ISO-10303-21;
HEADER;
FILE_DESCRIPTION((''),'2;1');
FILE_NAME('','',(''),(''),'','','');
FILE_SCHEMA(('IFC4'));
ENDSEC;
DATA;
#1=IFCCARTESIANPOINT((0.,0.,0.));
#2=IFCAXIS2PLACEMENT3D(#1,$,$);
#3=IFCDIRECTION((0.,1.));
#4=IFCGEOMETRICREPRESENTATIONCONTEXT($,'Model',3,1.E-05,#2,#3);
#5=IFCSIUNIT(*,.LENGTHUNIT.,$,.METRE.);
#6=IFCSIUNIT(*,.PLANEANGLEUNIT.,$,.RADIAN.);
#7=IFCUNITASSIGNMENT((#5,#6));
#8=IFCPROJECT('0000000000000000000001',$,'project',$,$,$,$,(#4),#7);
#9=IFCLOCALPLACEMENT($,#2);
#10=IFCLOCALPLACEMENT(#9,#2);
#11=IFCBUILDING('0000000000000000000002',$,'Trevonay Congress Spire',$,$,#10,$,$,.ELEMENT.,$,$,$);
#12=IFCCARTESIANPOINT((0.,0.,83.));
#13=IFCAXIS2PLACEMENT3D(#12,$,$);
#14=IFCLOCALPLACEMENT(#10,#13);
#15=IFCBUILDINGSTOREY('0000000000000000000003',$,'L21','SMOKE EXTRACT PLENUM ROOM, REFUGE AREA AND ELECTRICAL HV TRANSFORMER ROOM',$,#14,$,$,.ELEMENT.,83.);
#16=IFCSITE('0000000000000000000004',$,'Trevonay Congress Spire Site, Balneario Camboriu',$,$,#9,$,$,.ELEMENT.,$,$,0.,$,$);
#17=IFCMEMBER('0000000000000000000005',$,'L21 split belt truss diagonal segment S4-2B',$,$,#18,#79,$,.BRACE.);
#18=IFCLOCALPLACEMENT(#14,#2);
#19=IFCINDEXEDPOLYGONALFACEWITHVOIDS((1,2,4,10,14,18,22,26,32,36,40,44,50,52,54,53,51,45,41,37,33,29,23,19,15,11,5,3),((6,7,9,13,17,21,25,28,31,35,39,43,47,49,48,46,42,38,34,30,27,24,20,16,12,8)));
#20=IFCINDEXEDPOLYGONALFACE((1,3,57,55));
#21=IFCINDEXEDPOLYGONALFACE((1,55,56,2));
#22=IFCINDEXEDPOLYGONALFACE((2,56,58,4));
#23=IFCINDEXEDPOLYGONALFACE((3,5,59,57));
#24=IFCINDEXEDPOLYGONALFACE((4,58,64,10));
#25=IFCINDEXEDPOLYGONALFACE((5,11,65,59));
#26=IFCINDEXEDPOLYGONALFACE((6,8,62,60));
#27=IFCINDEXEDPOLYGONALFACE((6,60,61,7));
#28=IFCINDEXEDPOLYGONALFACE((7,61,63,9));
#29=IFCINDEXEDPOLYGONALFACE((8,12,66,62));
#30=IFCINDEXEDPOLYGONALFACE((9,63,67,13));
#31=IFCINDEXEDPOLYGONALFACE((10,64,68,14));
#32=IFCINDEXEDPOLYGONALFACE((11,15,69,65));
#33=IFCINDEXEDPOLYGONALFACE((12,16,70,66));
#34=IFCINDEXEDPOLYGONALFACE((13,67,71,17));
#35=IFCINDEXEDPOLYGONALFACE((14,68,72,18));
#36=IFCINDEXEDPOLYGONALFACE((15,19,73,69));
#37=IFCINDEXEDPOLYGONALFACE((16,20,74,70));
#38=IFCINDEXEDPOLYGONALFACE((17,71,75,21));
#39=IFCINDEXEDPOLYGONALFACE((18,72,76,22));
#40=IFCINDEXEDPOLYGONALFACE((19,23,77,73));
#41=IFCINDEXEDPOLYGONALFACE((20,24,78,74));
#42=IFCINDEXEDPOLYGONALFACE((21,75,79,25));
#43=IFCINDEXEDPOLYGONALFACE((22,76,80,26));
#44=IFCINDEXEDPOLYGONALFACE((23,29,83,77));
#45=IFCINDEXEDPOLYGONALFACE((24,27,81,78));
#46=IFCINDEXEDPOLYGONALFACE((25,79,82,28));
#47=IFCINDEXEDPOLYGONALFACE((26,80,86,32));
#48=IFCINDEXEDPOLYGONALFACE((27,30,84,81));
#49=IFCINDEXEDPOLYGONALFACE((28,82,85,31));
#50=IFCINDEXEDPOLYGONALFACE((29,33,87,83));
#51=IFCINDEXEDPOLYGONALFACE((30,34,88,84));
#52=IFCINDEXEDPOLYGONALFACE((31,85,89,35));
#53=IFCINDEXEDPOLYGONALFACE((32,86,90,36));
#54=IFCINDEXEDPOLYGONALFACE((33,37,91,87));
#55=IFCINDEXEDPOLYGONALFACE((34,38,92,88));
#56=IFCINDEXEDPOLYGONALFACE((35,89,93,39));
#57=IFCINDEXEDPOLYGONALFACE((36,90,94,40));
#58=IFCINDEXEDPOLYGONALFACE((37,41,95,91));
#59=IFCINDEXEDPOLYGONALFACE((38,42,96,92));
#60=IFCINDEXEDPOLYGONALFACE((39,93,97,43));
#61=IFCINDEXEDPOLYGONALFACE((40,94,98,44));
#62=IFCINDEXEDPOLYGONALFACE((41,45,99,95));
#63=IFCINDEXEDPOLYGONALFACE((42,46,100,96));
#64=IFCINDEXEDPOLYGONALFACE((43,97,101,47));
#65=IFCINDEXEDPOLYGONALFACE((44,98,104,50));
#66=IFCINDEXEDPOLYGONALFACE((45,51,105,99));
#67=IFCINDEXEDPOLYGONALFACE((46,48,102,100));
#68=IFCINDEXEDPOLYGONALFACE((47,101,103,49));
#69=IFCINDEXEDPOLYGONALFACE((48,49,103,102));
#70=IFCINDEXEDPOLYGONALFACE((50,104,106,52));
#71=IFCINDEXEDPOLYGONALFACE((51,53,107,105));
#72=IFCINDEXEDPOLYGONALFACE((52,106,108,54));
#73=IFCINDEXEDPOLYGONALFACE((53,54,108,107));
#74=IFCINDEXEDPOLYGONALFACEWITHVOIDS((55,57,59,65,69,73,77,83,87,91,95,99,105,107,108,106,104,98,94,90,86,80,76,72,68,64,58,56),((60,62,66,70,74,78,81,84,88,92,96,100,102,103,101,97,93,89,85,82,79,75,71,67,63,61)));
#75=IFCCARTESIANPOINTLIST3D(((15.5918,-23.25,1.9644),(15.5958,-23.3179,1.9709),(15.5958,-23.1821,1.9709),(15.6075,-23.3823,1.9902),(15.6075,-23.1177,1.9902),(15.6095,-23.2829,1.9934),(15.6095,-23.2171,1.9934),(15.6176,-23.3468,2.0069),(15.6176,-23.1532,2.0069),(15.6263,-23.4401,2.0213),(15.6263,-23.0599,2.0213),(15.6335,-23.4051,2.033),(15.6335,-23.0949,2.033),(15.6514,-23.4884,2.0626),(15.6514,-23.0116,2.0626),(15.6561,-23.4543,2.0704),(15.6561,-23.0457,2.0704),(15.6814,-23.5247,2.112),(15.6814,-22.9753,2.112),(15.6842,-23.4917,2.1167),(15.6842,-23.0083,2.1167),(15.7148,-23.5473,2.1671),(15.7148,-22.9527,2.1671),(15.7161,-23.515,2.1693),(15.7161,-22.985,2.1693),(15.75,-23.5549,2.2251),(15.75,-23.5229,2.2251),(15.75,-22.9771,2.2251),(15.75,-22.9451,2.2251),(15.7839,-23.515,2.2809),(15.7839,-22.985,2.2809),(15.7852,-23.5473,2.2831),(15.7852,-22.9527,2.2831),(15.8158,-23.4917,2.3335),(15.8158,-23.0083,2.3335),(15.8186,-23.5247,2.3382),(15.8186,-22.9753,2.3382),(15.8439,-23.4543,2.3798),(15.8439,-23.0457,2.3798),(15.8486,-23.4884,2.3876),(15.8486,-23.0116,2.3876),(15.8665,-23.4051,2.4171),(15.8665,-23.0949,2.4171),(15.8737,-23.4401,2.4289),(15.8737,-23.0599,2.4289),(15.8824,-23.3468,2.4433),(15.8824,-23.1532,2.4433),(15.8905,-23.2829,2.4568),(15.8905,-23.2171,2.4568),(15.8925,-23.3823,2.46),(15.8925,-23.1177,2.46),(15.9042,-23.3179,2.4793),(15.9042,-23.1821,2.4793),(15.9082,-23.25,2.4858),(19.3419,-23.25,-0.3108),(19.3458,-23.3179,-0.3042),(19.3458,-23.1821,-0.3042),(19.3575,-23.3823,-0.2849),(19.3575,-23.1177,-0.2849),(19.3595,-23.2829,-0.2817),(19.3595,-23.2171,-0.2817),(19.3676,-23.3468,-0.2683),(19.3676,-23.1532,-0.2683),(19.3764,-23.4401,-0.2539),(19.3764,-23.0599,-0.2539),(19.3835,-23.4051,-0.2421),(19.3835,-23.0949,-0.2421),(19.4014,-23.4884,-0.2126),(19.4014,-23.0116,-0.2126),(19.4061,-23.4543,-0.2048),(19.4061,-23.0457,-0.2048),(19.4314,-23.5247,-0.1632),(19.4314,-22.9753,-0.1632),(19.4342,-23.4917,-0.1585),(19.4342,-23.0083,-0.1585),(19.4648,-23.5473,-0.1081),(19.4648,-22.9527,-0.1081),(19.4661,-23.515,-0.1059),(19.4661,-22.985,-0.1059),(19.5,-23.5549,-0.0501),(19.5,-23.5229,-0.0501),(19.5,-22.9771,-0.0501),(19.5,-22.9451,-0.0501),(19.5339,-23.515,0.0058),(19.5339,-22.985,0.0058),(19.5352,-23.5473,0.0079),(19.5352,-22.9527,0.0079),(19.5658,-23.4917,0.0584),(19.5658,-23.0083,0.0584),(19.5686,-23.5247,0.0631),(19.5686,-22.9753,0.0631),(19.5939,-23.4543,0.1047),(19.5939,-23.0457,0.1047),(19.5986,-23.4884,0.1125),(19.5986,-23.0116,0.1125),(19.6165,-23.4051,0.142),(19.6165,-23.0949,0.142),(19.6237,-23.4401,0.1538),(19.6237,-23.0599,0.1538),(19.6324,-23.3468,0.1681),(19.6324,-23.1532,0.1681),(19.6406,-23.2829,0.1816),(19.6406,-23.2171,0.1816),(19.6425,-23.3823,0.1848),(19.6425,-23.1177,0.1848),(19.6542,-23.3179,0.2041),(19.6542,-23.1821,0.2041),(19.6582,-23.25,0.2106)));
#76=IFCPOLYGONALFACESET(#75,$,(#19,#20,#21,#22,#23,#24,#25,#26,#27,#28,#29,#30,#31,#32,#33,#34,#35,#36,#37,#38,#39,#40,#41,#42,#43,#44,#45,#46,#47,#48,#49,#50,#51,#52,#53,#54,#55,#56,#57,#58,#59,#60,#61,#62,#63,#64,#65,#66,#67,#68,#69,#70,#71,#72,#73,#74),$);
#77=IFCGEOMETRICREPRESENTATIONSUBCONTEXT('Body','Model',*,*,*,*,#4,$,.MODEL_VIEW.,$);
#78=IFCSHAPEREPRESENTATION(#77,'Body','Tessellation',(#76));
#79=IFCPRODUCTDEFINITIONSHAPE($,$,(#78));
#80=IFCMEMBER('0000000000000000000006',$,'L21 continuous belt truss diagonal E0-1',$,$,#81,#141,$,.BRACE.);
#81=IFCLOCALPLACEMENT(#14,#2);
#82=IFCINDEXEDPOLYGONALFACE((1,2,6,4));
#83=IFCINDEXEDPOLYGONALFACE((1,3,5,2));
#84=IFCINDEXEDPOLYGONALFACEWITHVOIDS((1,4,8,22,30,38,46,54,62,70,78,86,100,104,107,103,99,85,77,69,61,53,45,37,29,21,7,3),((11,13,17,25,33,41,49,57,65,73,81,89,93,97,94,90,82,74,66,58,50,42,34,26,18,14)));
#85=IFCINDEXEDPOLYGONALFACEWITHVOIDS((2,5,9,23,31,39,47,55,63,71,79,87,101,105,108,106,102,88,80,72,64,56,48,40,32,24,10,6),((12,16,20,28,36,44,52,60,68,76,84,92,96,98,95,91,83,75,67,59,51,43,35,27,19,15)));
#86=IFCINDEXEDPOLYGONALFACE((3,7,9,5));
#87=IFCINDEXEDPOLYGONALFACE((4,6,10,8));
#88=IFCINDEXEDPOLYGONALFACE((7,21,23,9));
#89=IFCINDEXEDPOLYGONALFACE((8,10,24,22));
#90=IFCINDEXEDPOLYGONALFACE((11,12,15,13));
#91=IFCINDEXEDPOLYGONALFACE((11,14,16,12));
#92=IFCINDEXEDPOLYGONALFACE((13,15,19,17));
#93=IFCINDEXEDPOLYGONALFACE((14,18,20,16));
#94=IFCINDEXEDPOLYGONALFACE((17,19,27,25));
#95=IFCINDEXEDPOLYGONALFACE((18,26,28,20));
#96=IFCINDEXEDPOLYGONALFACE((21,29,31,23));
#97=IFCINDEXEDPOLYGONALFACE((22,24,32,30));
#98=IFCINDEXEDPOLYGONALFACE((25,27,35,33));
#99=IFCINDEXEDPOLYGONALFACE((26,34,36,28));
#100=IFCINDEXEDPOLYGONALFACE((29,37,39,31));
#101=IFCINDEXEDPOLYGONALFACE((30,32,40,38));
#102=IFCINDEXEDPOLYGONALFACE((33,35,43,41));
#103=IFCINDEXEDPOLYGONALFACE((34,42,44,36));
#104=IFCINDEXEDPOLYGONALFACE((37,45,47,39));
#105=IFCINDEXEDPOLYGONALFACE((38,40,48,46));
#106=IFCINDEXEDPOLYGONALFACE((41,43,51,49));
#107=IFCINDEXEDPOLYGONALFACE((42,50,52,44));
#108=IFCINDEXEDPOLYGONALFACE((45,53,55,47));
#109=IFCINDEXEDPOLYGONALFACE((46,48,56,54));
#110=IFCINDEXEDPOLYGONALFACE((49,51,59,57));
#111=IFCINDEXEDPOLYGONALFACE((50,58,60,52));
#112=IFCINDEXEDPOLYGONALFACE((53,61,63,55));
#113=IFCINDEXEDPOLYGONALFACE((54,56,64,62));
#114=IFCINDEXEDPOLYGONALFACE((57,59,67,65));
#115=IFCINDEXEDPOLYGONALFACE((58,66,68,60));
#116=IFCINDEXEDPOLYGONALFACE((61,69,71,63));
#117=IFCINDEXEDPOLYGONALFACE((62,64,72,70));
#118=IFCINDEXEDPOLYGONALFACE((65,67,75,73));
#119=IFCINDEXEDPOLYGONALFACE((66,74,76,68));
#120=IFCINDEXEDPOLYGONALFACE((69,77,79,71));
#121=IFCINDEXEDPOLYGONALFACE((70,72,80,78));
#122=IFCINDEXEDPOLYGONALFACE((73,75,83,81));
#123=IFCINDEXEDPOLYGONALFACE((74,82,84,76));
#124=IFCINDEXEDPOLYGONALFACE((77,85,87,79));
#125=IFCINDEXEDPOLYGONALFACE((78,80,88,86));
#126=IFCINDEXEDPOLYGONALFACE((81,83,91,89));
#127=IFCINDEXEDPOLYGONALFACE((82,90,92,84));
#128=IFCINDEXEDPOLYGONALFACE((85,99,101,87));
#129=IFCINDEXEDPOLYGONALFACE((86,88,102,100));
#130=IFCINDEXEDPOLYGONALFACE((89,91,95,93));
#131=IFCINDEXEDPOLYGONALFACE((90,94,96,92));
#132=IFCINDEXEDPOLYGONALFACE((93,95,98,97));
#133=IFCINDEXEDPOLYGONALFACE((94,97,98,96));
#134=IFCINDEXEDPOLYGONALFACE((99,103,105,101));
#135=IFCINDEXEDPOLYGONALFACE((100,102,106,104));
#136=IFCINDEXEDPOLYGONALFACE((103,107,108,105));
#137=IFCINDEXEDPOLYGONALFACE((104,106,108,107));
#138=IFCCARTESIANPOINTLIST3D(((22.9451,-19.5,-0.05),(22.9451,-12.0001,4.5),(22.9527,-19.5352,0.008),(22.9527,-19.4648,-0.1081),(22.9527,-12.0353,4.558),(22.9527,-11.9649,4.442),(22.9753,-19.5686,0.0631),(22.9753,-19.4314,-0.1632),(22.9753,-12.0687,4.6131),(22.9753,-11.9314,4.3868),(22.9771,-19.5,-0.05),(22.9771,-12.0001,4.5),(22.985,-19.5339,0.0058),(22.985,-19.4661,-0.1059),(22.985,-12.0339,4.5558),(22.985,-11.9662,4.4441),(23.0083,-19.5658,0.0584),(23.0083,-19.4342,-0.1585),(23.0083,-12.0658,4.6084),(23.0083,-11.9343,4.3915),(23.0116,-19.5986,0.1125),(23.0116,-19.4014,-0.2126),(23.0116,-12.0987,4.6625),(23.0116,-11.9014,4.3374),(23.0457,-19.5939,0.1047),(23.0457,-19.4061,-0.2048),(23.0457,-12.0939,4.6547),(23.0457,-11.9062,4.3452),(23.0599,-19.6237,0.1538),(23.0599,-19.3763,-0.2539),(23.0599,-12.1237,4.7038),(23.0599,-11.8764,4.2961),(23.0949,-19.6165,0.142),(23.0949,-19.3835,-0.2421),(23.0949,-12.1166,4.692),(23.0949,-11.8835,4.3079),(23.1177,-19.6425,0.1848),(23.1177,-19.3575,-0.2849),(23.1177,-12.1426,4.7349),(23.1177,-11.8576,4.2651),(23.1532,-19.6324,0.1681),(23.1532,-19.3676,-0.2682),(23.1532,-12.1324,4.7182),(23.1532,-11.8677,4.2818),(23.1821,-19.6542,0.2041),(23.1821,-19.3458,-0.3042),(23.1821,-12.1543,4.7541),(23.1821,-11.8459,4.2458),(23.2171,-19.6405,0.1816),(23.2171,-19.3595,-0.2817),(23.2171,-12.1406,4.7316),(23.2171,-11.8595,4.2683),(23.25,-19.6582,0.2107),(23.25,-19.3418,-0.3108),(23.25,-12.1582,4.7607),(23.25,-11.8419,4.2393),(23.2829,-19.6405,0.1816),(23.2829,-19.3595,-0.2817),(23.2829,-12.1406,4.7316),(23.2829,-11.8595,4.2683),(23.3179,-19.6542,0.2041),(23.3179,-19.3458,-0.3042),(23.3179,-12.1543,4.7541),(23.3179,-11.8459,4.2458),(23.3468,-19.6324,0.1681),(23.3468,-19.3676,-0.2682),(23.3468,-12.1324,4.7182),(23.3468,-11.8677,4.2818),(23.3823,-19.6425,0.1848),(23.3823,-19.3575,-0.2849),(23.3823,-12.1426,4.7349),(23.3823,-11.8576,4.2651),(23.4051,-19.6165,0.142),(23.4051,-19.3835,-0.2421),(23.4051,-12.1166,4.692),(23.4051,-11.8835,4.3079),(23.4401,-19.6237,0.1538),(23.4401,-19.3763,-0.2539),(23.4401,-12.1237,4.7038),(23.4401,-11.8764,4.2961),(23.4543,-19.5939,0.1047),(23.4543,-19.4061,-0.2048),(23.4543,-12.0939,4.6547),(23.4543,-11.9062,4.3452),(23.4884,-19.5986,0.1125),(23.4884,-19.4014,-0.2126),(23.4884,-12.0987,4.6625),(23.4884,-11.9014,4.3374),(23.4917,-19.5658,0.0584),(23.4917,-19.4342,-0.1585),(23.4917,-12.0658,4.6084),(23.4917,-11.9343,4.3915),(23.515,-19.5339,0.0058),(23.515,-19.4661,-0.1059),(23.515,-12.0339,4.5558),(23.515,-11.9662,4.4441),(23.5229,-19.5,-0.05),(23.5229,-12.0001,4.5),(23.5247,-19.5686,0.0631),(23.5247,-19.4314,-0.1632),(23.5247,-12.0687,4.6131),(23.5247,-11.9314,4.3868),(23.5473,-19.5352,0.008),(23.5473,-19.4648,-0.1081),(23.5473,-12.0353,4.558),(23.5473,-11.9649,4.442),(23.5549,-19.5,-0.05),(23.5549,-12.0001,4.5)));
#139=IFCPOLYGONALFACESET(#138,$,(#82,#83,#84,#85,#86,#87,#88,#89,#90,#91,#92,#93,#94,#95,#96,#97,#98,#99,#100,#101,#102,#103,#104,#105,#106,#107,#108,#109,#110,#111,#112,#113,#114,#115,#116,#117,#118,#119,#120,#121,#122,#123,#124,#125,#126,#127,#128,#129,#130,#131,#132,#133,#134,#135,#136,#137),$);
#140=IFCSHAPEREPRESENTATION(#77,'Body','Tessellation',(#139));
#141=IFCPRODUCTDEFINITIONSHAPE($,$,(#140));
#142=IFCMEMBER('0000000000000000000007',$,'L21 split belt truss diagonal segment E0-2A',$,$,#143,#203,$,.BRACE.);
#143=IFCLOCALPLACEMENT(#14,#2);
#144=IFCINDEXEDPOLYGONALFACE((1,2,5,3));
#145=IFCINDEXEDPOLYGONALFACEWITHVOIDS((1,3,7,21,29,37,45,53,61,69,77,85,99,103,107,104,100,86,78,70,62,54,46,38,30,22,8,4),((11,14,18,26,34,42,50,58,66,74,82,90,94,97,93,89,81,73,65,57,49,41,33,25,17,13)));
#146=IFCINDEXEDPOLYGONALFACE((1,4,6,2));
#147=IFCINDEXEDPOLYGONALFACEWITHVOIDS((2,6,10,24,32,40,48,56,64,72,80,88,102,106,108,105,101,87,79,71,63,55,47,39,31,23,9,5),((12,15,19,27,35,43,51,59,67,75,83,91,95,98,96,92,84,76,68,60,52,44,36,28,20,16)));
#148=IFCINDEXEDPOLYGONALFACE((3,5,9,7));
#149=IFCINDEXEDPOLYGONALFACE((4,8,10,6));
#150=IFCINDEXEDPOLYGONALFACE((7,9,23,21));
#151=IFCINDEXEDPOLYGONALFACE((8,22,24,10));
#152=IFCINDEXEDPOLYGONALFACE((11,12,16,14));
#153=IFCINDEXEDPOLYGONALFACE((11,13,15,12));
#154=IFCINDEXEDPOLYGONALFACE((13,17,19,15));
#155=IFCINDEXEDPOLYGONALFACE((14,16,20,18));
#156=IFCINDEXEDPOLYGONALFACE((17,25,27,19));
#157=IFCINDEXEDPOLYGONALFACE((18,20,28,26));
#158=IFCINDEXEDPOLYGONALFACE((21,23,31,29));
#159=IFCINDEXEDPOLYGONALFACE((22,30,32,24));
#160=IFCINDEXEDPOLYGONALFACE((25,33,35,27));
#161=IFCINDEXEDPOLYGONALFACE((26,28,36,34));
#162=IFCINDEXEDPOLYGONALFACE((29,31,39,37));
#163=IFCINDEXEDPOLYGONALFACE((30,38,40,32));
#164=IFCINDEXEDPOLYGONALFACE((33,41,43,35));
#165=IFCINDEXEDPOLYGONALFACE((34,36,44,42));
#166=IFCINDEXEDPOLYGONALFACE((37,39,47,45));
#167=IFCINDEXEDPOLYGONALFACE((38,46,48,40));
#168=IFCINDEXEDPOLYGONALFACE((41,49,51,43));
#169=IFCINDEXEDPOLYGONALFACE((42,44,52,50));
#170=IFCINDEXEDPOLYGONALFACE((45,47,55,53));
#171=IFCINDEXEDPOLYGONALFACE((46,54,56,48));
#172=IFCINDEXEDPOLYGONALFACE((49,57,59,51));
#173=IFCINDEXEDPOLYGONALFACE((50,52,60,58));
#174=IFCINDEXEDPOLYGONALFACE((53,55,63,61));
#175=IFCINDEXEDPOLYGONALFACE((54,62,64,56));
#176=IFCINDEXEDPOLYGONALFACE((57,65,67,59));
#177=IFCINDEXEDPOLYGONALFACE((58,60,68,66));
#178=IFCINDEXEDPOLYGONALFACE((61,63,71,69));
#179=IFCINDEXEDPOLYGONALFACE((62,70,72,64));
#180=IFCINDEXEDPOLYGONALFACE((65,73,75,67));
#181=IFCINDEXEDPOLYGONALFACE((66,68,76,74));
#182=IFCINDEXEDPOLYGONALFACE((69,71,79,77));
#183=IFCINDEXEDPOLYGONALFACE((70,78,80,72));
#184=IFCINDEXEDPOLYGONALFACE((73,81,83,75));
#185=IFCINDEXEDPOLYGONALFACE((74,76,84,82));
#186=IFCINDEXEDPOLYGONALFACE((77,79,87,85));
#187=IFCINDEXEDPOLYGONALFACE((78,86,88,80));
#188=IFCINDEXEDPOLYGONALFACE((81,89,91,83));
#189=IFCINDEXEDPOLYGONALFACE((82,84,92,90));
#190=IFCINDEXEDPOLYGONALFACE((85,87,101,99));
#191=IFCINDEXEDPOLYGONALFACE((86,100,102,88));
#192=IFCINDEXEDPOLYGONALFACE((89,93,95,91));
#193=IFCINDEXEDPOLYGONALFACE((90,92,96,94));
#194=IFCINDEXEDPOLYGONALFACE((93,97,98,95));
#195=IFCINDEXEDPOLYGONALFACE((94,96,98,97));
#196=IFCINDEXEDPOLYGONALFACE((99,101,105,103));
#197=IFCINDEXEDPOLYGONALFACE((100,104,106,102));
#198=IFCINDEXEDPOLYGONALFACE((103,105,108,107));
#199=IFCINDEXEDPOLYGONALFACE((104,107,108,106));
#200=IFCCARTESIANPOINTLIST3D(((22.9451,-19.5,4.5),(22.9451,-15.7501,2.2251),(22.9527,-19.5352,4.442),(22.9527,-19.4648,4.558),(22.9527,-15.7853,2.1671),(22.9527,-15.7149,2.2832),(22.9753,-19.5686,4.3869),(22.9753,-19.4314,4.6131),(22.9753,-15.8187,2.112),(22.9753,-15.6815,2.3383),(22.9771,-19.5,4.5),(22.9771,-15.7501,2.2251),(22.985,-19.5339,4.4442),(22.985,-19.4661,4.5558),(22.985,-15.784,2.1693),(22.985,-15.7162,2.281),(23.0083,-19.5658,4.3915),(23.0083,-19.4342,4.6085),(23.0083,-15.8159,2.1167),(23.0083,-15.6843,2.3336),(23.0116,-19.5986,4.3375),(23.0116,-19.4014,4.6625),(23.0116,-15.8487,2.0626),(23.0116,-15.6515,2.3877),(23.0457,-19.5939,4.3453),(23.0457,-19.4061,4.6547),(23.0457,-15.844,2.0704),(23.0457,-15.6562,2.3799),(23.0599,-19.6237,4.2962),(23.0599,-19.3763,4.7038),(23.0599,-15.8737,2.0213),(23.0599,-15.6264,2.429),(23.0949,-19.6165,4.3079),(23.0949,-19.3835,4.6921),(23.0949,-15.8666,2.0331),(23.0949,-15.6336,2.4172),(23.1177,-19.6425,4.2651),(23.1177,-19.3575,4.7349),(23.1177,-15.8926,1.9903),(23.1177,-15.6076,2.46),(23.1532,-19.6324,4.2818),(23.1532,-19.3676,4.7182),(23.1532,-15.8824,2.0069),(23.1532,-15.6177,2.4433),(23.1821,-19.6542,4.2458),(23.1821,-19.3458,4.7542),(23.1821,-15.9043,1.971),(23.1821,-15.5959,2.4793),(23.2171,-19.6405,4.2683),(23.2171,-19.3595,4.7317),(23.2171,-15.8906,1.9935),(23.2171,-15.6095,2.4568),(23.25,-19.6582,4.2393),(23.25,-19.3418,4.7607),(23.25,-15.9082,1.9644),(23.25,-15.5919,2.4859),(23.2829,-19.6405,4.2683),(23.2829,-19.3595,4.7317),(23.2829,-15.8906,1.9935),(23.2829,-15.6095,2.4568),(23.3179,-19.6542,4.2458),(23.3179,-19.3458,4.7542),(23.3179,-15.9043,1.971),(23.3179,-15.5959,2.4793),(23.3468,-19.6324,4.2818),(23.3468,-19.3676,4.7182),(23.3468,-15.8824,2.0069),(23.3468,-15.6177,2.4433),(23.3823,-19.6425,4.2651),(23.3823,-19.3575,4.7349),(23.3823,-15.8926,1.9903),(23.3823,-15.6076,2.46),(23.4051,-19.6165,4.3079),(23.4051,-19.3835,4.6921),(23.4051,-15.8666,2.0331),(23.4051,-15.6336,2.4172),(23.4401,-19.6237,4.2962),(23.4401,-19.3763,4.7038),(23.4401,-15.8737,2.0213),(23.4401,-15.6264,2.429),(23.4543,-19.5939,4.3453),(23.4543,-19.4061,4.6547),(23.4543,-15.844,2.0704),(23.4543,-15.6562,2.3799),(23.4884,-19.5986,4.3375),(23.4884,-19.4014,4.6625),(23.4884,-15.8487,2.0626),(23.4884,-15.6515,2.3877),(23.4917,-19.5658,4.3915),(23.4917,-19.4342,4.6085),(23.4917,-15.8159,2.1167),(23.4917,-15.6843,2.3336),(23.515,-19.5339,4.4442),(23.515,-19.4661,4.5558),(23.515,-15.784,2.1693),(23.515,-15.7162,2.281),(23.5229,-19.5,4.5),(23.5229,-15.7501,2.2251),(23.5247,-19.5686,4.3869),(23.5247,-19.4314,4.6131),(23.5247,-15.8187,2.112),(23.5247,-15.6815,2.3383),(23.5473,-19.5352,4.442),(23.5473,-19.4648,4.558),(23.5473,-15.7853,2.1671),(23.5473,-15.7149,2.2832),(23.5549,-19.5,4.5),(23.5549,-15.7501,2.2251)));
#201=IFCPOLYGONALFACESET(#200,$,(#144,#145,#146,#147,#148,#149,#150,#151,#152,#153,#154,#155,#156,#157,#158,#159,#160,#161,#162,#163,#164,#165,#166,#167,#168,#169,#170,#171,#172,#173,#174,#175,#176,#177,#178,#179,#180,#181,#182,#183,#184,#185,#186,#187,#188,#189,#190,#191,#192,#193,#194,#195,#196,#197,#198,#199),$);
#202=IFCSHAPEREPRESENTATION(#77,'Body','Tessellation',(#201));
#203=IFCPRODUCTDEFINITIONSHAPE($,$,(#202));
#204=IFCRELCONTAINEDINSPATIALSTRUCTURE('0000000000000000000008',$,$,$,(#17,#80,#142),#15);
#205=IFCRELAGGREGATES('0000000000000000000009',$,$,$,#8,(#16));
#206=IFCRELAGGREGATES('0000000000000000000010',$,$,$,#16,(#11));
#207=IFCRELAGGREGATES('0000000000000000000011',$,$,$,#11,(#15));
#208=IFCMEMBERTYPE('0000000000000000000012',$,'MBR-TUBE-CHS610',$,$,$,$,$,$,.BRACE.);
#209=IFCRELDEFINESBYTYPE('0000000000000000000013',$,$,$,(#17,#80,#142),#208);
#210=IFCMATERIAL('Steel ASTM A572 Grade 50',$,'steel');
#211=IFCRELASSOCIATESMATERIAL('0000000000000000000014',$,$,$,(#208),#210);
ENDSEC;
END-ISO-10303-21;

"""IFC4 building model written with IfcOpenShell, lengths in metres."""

from ifc_helpers import new_model, si_unit, direction, frame, origin, origin_2d, place, context, subcontext, project, spatial, hollow_circle, extrude, material, material_profile, profile_set, type_object, element, save


model = new_model("IFC4")

# Units and contexts
model_context = context("Model", 3, precision=1e-05, world=origin(), true_north=direction((0.0, 1.0)))
body_context = subcontext(model_context, "Body", "Model", "MODEL_VIEW")
ifc_project = project(units=[si_unit("LENGTHUNIT", "METRE"), si_unit("PLANEANGLEUNIT", "RADIAN")], contexts=[model_context])

# Site, building, storey
site_placement = place(None, origin())
site = spatial("IfcSite", under=ifc_project, at=site_placement, Name="Trevonay Congress Spire Site, Balneario Camboriu", CompositionType="ELEMENT", RefElevation=0.0)
building_placement = place(site_placement, origin())
building = spatial("IfcBuilding", under=site, at=building_placement, Name="Trevonay Congress Spire", CompositionType="ELEMENT")
storey_placement = place(building_placement, frame((0.0, 0.0, 83.0)))
storey = spatial("IfcBuildingStorey", under=building, at=storey_placement, Name="L21", Description="SMOKE EXTRACT PLENUM ROOM, REFUGE AREA AND ELECTRICAL HV TRANSFORMER ROOM", CompositionType="ELEMENT", Elevation=83.0)

# Shared definitions
ifc_material_1 = material(Name="Steel ASTM A572 Grade 50", Category="steel")

# Members
ifc_material_profile_1 = material_profile(ifc_material_1, hollow_circle(Radius=0.3049, WallThickness=0.032, at=origin_2d()), Name="CHS 610x32")
ifc_profile_set_1 = profile_set([ifc_material_profile_1], Name="Steel ASTM A572 Grade 50")
member_type = type_object("IfcMemberType", Name="MBR-TUBE-CHS610", PredefinedType="BRACE", material=ifc_profile_set_1)
member_1_placement = place(storey_placement, frame((15.75, -23.25, 2.2251), z_axis=(0.854953, 0.0, -0.518705), x_axis=(0.0, 1.0, 0.0)))
element("IfcMember", 1, at=member_1_placement, inside=storey, type_object=member_type, Name="L21 split belt truss diagonal segment S4-2B", PredefinedType="BRACE", context=body_context, shape_type="SweptSolid", body=[
    extrude(hollow_circle(Radius=0.3049, WallThickness=0.032, at=origin_2d()), origin(), (0.0, 0.0, 1.0), 4.3862),
])
member_2_placement = place(storey_placement, frame((23.25, -19.5, -0.05), z_axis=(0.0, 0.854966, 0.518685), x_axis=(-1.0, 0.0, 0.0)))
element("IfcMember", 2, at=member_2_placement, inside=storey, type_object=member_type, Name="L21 continuous belt truss diagonal E0-1", PredefinedType="BRACE", context=body_context, shape_type="SweptSolid", body=[
    extrude(hollow_circle(Radius=0.3049, WallThickness=0.032, at=origin_2d()), origin(), (0.0, 0.0, 1.0), 8.7722),
])
member_3_placement = place(storey_placement, frame((23.25, -19.5, 4.5), z_axis=(0.0, 0.854978, -0.518664), x_axis=(-1.0, 0.0, 0.0)))
element("IfcMember", 3, at=member_3_placement, inside=storey, type_object=member_type, Name="L21 split belt truss diagonal segment E0-2A", PredefinedType="BRACE", context=body_context, shape_type="SweptSolid", body=[
    extrude(hollow_circle(Radius=0.3049, WallThickness=0.032, at=origin_2d()), origin(), (0.0, 0.0, 1.0), 4.386),
])

save(model, "model.ifc")
